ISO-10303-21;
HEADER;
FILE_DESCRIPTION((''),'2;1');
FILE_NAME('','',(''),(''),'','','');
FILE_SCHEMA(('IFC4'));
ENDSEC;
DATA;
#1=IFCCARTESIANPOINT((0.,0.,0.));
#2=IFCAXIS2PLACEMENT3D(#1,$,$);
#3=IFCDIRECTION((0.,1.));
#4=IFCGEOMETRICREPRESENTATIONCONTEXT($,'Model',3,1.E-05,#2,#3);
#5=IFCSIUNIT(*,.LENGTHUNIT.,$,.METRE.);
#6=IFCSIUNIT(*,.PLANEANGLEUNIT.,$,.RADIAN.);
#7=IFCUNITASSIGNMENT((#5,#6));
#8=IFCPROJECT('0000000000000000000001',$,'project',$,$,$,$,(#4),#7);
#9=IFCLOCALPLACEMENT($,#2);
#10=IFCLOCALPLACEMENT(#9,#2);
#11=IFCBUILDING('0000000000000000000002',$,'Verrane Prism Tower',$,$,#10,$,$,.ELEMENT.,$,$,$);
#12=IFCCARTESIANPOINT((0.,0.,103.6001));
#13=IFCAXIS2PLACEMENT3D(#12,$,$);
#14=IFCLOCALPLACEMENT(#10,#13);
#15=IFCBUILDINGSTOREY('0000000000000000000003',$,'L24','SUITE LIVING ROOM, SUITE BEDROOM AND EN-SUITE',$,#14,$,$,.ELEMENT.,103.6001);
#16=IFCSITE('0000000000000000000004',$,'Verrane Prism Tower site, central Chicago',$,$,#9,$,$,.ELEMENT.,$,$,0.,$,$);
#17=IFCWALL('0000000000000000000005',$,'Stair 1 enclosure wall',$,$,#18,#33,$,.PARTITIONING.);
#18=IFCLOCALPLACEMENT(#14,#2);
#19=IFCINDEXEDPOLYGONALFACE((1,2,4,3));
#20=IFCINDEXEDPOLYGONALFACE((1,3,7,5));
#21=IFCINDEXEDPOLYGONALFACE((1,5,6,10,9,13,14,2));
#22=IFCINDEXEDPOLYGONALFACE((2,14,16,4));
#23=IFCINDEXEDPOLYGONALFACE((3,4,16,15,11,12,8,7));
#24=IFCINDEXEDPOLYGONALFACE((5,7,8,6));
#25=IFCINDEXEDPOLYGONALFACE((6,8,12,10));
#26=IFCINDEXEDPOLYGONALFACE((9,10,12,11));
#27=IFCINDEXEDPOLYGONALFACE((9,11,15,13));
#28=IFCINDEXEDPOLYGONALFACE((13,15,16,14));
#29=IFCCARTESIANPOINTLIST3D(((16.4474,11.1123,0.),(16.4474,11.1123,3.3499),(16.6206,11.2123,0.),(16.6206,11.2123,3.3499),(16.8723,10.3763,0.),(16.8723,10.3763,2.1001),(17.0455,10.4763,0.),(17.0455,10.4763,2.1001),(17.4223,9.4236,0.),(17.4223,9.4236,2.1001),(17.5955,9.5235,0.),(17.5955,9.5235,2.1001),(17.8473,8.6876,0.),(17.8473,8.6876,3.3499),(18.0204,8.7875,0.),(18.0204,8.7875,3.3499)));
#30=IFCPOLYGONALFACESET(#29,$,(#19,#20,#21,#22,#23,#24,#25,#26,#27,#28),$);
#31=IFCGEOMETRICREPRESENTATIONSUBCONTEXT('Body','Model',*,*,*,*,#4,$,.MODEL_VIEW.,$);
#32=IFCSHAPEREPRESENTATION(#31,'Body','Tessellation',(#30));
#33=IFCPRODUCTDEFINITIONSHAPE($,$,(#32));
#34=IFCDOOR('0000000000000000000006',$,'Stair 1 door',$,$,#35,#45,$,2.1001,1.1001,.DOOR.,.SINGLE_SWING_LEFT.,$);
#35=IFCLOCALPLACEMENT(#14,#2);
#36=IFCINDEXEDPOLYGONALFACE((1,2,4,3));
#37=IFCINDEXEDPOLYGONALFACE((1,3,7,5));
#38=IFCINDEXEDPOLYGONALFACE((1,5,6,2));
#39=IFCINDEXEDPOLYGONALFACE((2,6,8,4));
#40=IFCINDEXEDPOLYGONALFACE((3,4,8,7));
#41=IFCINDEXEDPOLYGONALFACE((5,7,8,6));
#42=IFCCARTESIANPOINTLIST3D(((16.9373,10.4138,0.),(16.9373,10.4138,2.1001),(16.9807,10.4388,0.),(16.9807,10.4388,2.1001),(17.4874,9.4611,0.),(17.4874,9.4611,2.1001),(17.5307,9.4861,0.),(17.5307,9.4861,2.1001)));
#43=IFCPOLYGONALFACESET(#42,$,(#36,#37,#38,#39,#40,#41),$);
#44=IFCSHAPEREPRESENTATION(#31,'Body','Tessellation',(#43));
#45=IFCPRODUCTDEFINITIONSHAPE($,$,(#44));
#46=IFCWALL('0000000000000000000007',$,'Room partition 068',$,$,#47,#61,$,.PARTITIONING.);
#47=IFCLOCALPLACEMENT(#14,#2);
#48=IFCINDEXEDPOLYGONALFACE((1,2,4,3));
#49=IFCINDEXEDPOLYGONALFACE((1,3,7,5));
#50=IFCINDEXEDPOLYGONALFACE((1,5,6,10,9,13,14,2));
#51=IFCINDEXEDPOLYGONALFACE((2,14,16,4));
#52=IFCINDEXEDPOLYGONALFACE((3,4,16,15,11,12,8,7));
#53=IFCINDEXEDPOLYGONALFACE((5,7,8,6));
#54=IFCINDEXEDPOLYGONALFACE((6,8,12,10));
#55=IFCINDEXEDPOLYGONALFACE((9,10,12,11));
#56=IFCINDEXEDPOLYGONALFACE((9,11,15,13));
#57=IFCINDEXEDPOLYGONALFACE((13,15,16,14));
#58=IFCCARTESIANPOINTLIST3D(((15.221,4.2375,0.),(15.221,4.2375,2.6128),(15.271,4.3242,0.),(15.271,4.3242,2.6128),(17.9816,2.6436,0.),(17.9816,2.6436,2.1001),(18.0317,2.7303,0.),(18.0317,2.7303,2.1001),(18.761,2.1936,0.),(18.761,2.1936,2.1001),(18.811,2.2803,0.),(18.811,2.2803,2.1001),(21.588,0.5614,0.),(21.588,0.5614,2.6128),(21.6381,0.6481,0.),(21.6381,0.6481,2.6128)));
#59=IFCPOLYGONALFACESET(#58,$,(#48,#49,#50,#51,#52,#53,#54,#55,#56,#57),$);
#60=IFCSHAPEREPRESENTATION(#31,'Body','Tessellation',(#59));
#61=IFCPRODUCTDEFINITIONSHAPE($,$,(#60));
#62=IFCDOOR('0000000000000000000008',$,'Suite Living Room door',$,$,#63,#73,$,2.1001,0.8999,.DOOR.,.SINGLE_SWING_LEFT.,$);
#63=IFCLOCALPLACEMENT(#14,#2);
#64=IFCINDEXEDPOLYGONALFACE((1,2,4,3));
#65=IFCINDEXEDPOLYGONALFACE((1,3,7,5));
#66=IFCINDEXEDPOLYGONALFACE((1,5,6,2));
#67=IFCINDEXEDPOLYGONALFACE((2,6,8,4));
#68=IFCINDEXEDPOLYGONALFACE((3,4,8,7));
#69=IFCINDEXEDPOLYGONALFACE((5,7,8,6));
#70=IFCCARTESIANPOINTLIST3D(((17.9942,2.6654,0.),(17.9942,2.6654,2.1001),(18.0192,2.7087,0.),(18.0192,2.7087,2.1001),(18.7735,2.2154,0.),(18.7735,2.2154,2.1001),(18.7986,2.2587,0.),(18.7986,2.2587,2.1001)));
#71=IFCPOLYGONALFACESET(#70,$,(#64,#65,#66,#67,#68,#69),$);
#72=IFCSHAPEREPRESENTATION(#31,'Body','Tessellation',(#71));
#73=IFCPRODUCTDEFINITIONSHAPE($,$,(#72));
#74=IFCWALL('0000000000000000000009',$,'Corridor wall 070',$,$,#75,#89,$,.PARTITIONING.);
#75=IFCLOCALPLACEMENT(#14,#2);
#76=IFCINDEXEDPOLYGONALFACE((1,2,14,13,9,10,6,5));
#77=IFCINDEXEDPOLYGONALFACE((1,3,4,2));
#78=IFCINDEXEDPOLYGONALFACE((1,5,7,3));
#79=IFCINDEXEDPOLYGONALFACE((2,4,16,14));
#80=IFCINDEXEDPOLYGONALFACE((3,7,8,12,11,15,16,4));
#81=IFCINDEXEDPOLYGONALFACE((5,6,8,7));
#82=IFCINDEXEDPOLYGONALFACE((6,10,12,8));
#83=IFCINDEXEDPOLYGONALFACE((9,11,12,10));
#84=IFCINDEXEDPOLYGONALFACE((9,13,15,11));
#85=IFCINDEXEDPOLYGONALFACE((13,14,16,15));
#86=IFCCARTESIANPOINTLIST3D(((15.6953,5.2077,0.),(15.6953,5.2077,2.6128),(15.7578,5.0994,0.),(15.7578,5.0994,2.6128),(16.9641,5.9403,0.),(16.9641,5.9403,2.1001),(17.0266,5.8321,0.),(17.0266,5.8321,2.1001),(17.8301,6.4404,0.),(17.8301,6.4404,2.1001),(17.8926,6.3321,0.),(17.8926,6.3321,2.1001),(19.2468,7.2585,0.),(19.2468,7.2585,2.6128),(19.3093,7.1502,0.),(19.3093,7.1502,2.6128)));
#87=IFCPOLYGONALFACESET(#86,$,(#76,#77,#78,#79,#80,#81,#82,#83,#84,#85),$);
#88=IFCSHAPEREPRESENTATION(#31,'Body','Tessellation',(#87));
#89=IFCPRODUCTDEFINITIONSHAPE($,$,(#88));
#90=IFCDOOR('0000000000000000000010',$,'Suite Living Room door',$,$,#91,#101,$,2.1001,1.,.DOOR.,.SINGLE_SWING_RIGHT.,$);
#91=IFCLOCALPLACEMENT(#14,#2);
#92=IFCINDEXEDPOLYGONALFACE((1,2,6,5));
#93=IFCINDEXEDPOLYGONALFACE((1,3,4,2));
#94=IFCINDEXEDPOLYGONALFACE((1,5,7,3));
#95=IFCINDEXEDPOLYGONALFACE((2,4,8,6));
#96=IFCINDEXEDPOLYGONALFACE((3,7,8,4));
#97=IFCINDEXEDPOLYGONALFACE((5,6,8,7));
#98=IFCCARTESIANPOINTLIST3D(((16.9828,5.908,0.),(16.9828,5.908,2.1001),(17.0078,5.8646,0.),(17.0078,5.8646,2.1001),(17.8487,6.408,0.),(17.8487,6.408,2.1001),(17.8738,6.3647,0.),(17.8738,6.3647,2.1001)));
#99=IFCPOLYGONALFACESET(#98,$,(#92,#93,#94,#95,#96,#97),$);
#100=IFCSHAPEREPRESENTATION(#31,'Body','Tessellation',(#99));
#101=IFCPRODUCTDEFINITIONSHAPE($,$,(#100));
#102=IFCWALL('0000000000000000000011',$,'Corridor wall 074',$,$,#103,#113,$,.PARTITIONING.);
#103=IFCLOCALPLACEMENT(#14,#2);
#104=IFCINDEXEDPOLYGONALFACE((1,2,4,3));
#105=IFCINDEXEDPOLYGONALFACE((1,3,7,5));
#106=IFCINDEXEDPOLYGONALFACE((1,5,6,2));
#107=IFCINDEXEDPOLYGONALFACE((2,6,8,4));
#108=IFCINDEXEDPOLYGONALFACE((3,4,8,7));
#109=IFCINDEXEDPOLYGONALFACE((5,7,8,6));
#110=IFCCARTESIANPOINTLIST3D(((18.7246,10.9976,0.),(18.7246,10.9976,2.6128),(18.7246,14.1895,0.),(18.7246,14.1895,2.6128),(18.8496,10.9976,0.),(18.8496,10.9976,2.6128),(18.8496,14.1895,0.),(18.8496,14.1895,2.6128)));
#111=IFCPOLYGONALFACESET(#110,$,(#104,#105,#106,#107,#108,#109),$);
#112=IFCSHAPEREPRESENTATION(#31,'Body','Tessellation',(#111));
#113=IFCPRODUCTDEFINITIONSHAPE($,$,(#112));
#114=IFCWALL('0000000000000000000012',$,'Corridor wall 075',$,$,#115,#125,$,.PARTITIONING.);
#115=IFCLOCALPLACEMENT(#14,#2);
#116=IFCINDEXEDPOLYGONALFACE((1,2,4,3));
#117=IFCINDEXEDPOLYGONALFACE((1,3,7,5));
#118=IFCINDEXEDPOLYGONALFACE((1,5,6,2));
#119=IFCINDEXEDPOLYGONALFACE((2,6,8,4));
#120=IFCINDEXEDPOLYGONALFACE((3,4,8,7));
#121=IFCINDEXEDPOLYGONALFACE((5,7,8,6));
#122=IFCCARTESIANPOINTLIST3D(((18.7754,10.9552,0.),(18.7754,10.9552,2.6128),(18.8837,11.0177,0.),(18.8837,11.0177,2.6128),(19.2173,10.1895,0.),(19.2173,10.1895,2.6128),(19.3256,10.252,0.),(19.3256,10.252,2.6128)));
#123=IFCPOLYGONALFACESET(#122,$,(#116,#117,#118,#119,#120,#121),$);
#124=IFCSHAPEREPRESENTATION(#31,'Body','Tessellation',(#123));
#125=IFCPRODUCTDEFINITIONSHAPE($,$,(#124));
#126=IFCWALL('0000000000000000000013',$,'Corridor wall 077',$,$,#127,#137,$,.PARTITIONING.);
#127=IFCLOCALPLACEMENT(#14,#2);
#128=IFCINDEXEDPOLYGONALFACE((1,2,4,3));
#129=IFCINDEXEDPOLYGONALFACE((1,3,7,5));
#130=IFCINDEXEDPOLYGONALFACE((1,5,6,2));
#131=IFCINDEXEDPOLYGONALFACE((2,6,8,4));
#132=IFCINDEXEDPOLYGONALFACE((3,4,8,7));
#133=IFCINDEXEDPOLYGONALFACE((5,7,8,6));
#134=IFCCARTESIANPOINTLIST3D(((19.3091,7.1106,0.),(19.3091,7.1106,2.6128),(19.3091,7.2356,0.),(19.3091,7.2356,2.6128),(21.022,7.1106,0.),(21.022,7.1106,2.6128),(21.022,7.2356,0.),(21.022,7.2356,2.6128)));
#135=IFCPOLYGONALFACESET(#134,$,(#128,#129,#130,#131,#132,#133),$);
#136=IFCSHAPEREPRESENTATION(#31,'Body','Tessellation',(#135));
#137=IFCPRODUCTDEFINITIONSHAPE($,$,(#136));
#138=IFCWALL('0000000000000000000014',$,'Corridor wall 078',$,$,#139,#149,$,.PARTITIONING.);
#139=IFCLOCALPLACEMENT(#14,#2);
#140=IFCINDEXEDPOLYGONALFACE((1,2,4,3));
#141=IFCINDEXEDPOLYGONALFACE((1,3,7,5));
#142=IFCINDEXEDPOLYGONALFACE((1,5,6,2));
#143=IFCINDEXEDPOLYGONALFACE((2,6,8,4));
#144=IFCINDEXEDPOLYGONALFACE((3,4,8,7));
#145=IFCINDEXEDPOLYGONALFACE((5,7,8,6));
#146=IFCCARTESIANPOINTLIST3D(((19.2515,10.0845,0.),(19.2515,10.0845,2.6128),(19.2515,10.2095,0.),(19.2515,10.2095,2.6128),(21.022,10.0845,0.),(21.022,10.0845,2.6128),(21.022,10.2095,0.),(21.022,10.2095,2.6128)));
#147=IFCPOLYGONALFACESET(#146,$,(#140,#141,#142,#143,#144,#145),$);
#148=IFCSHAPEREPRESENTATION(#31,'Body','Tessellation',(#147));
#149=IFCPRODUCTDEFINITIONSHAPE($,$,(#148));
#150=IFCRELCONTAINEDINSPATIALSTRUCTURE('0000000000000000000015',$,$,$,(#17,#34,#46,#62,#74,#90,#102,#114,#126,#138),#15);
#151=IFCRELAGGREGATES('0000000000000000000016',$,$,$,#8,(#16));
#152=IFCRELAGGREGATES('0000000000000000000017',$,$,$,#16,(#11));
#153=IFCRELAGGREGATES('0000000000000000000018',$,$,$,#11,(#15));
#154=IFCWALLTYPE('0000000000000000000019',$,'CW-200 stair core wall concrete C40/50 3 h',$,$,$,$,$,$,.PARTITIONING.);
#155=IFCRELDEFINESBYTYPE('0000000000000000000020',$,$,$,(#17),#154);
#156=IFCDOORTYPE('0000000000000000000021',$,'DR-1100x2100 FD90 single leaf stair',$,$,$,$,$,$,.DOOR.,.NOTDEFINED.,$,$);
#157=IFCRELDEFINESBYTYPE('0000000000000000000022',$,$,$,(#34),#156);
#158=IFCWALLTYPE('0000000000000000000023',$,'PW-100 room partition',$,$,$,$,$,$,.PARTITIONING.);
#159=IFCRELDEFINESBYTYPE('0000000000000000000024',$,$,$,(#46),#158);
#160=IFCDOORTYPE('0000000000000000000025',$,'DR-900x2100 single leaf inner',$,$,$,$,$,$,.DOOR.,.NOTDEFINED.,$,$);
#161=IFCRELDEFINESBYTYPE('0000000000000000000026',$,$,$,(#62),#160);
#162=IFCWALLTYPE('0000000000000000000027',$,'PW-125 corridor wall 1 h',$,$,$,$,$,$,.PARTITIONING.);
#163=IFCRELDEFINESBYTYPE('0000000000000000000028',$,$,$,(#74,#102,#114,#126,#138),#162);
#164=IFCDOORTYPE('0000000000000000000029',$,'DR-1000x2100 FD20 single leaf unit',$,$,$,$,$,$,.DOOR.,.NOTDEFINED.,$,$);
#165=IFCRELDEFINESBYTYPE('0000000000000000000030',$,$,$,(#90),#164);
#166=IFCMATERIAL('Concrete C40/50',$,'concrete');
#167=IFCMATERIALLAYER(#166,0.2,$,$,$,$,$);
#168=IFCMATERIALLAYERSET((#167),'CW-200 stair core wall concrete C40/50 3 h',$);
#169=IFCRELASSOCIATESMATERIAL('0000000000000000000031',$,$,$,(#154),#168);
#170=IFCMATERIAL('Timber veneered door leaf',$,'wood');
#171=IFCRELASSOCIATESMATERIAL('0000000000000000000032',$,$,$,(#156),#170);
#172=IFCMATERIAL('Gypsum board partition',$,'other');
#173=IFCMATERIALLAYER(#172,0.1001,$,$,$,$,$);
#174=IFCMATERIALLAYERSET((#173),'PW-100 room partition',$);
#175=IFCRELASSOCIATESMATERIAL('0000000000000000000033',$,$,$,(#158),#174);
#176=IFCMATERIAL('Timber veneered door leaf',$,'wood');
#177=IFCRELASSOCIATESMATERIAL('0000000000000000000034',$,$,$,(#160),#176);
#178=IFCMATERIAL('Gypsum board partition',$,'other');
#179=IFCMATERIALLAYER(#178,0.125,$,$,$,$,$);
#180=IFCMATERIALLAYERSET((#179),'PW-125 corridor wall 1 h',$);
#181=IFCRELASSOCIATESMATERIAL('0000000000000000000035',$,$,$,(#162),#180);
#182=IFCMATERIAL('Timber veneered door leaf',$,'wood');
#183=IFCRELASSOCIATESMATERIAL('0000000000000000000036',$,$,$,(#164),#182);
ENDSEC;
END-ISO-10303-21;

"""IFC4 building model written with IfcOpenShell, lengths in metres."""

from ifc_helpers import new_model, si_unit, direction, frame, frame_2d, origin, place, context, subcontext, project, spatial, rectangle, extrude, material, layer, layer_set, type_object, element, fill, save


model = new_model("IFC4")

# Units and contexts
model_context = context("Model", 3, precision=1e-05, world=origin(), true_north=direction((0.0, 1.0)))
body_context = subcontext(model_context, "Body", "Model", "MODEL_VIEW")
ifc_project = project(units=[si_unit("LENGTHUNIT", "METRE"), si_unit("PLANEANGLEUNIT", "RADIAN")], contexts=[model_context])

# Site, building, storey
site_placement = place(None, origin())
site = spatial("IfcSite", under=ifc_project, at=site_placement, Name="Verrane Prism Tower site, central Chicago", CompositionType="ELEMENT", RefElevation=0.0)
building_placement = place(site_placement, origin())
building = spatial("IfcBuilding", under=site, at=building_placement, Name="Verrane Prism Tower", CompositionType="ELEMENT")
storey_placement = place(building_placement, frame((0.0, 0.0, 103.6001)))
storey = spatial("IfcBuildingStorey", under=building, at=storey_placement, Name="L24", Description="SUITE LIVING ROOM, SUITE BEDROOM AND EN-SUITE", CompositionType="ELEMENT", Elevation=103.6001)

# Walls, openings, doors
ifc_material_1 = material(Name="Concrete C40/50", Category="concrete")
ifc_layer_1 = layer(ifc_material_1, 0.2)
ifc_layer_set_1 = layer_set([ifc_layer_1], Name="CW-200 stair core wall concrete C40/50 3 h")
wall_type_1 = type_object("IfcWallType", Name="CW-200 stair core wall concrete C40/50 3 h", PredefinedType="PARTITIONING", material=ifc_layer_set_1)
wall_1_placement = place(storey_placement, frame((17.9338, 8.7375, 0.0), z_axis=(0.0, 0.0, 1.0), x_axis=(-0.499984, 0.866035, 0.0)))
wall_1 = element("IfcWall", 1, at=wall_1_placement, inside=storey, type_object=wall_type_1, Name="Stair 1 enclosure wall", PredefinedType="PARTITIONING", context=body_context, shape_type="SweptSolid", body=[
    extrude(rectangle(XDim=2.7998, YDim=0.2, at=frame_2d((1.3999, 0.0))), origin(), (0.0, 0.0, 1.0), 3.3499),
])
opening_1_placement = place(wall_1_placement, frame((0.8499, 0.0, 0.0)))
opening_1 = element("IfcOpeningElement", 2, at=opening_1_placement, cuts=wall_1, PredefinedType="OPENING", context=body_context, shape_type="SweptSolid", body=[
    extrude(rectangle(XDim=1.1001, YDim=2.1001, at=frame_2d((0.55, 1.05))), frame((0.0, 0.1099, 0.0), z_axis=(0.0, -1.0, 0.0), x_axis=(1.0, 0.0, 0.0)), (0.0, 0.0, 1.0), 0.22),
])
ifc_material_2 = material(Name="Timber veneered door leaf", Category="wood")
door_type_1 = type_object("IfcDoorType", Name="DR-1100x2100 FD90 single leaf stair", OperationType="NOTDEFINED", PredefinedType="DOOR", material=ifc_material_2)
door_1_placement = place(opening_1_placement, origin())
door_1 = element("IfcDoor", 3, at=door_1_placement, inside=storey, type_object=door_type_1, Name="Stair 1 door", OperationType="SINGLE_SWING_LEFT", OverallHeight=2.1001, OverallWidth=1.1001, PredefinedType="DOOR", context=body_context, shape_type="SweptSolid", body=[
    extrude(rectangle(XDim=1.1001, YDim=2.1001, at=frame_2d((0.55, 1.05))), frame((0.0, 0.0249, 0.0), z_axis=(0.0, -1.0, 0.0), x_axis=(1.0, 0.0, 0.0)), (0.0, 0.0, 1.0), 0.05),
])
fill(opening_1, door_1)
ifc_material_3 = material(Name="Gypsum board partition", Category="other")
ifc_layer_2 = layer(ifc_material_3, 0.1001)
ifc_layer_set_2 = layer_set([ifc_layer_2], Name="PW-100 room partition")
wall_type_2 = type_object("IfcWallType", Name="PW-100 room partition", PredefinedType="PARTITIONING", material=ifc_layer_set_2)
wall_2_placement = place(storey_placement, frame((21.613, 0.6047, 0.0), z_axis=(0.0, 0.0, 1.0), x_axis=(-0.866021, 0.500007, 0.0)))
wall_2 = element("IfcWall", 4, at=wall_2_placement, inside=storey, type_object=wall_type_2, Name="Room partition 068", PredefinedType="PARTITIONING", context=body_context, shape_type="SweptSolid", body=[
    extrude(rectangle(XDim=7.3521, YDim=0.1001, at=frame_2d((3.676, 0.0))), origin(), (0.0, 0.0, 1.0), 2.6128),
])
opening_2_placement = place(wall_2_placement, frame((3.2644, 0.0, 0.0)))
opening_2 = element("IfcOpeningElement", 5, at=opening_2_placement, cuts=wall_2, PredefinedType="OPENING", context=body_context, shape_type="SweptSolid", body=[
    extrude(rectangle(XDim=0.8999, YDim=2.1001, at=frame_2d((0.45, 1.05))), frame((0.0, 0.0601, 0.0), z_axis=(0.0, -1.0, 0.0), x_axis=(1.0, 0.0, 0.0)), (0.0, 0.0, 1.0), 0.1201),
])
ifc_material_4 = material(Name="Timber veneered door leaf", Category="wood")
door_type_2 = type_object("IfcDoorType", Name="DR-900x2100 single leaf inner", OperationType="NOTDEFINED", PredefinedType="DOOR", material=ifc_material_4)
door_2_placement = place(opening_2_placement, origin())
door_2 = element("IfcDoor", 6, at=door_2_placement, inside=storey, type_object=door_type_2, Name="Suite Living Room door", OperationType="SINGLE_SWING_LEFT", OverallHeight=2.1001, OverallWidth=0.8999, PredefinedType="DOOR", context=body_context, shape_type="SweptSolid", body=[
    extrude(rectangle(XDim=0.8999, YDim=2.1001, at=frame_2d((0.45, 1.05))), frame((0.0, 0.0249, 0.0), z_axis=(0.0, -1.0, 0.0), x_axis=(1.0, 0.0, 0.0)), (0.0, 0.0, 1.0), 0.05),
])
fill(opening_2, door_2)
ifc_material_5 = material(Name="Gypsum board partition", Category="other")
ifc_layer_3 = layer(ifc_material_5, 0.125)
ifc_layer_set_3 = layer_set([ifc_layer_3], Name="PW-125 corridor wall 1 h")
wall_type_3 = type_object("IfcWallType", Name="PW-125 corridor wall 1 h", PredefinedType="PARTITIONING", material=ifc_layer_set_3)
wall_3_placement = place(storey_placement, frame((19.2781, 7.2043, 0.0), z_axis=(0.0, 0.0, 1.0), x_axis=(-0.865992, -0.500057, 0.0)))
wall_3 = element("IfcWall", 7, at=wall_3_placement, inside=storey, type_object=wall_type_3, Name="Corridor wall 070", PredefinedType="PARTITIONING", context=body_context, shape_type="SweptSolid", body=[
    extrude(rectangle(XDim=4.1011, YDim=0.125, at=frame_2d((2.0505, 0.0))), origin(), (0.0, 0.0, 1.0), 2.6128),
])
opening_3_placement = place(wall_3_placement, frame((1.636, 0.0, 0.0)))
opening_3 = element("IfcOpeningElement", 8, at=opening_3_placement, cuts=wall_3, PredefinedType="OPENING", context=body_context, shape_type="SweptSolid", body=[
    extrude(rectangle(XDim=1.0, YDim=2.1001, at=frame_2d((0.5, 1.05))), frame((0.0, 0.0725, 0.0), z_axis=(0.0, -1.0, 0.0), x_axis=(1.0, 0.0, 0.0)), (0.0, 0.0, 1.0), 0.145),
])
ifc_material_6 = material(Name="Timber veneered door leaf", Category="wood")
door_type_3 = type_object("IfcDoorType", Name="DR-1000x2100 FD20 single leaf unit", OperationType="NOTDEFINED", PredefinedType="DOOR", material=ifc_material_6)
door_3_placement = place(opening_3_placement, origin())
door_3 = element("IfcDoor", 9, at=door_3_placement, inside=storey, type_object=door_type_3, Name="Suite Living Room door", OperationType="SINGLE_SWING_RIGHT", OverallHeight=2.1001, OverallWidth=1.0, PredefinedType="DOOR", context=body_context, shape_type="SweptSolid", body=[
    extrude(rectangle(XDim=1.0, YDim=2.1001, at=frame_2d((0.5, 1.05))), frame((0.0, 0.0249, 0.0), z_axis=(0.0, -1.0, 0.0), x_axis=(1.0, 0.0, 0.0)), (0.0, 0.0, 1.0), 0.05),
])
fill(opening_3, door_3)

# Walls
wall_4_placement = place(storey_placement, frame((18.7871, 10.9976, 0.0), z_axis=(0.0, 0.0, 1.0), x_axis=(0.0, 1.0, 0.0)))
element("IfcWall", 10, at=wall_4_placement, inside=storey, type_object=wall_type_3, Name="Corridor wall 074", PredefinedType="PARTITIONING", context=body_context, shape_type="SweptSolid", body=[
    extrude(rectangle(XDim=3.1919, YDim=0.125, at=frame_2d((1.5959, 0.0))), origin(), (0.0, 0.0, 1.0), 2.6128),
])
wall_5_placement = place(storey_placement, frame((18.8296, 10.9863, 0.0), z_axis=(0.0, 0.0, 1.0), x_axis=(0.499882, -0.866094, 0.0)))
element("IfcWall", 11, at=wall_5_placement, inside=storey, type_object=wall_type_3, Name="Corridor wall 075", PredefinedType="PARTITIONING", context=body_context, shape_type="SweptSolid", body=[
    extrude(rectangle(XDim=0.884, YDim=0.125, at=frame_2d((0.4419, 0.0))), origin(), (0.0, 0.0, 1.0), 2.6128),
])
wall_6_placement = place(storey_placement, frame((19.3091, 7.1731, 0.0), z_axis=(0.0, 0.0, 1.0), x_axis=(1.0, 0.0, 0.0)))
element("IfcWall", 12, at=wall_6_placement, inside=storey, type_object=wall_type_3, Name="Corridor wall 077", PredefinedType="PARTITIONING", context=body_context, shape_type="SweptSolid", body=[
    extrude(rectangle(XDim=1.7129, YDim=0.125, at=frame_2d((0.8564, 0.0))), origin(), (0.0, 0.0, 1.0), 2.6128),
])
wall_7_placement = place(storey_placement, frame((19.2515, 10.147, 0.0), z_axis=(0.0, 0.0, 1.0), x_axis=(1.0, 0.0, 0.0)))
element("IfcWall", 13, at=wall_7_placement, inside=storey, type_object=wall_type_3, Name="Corridor wall 078", PredefinedType="PARTITIONING", context=body_context, shape_type="SweptSolid", body=[
    extrude(rectangle(XDim=1.7705, YDim=0.125, at=frame_2d((0.8853, 0.0))), origin(), (0.0, 0.0, 1.0), 2.6128),
])

save(model, "model.ifc")
